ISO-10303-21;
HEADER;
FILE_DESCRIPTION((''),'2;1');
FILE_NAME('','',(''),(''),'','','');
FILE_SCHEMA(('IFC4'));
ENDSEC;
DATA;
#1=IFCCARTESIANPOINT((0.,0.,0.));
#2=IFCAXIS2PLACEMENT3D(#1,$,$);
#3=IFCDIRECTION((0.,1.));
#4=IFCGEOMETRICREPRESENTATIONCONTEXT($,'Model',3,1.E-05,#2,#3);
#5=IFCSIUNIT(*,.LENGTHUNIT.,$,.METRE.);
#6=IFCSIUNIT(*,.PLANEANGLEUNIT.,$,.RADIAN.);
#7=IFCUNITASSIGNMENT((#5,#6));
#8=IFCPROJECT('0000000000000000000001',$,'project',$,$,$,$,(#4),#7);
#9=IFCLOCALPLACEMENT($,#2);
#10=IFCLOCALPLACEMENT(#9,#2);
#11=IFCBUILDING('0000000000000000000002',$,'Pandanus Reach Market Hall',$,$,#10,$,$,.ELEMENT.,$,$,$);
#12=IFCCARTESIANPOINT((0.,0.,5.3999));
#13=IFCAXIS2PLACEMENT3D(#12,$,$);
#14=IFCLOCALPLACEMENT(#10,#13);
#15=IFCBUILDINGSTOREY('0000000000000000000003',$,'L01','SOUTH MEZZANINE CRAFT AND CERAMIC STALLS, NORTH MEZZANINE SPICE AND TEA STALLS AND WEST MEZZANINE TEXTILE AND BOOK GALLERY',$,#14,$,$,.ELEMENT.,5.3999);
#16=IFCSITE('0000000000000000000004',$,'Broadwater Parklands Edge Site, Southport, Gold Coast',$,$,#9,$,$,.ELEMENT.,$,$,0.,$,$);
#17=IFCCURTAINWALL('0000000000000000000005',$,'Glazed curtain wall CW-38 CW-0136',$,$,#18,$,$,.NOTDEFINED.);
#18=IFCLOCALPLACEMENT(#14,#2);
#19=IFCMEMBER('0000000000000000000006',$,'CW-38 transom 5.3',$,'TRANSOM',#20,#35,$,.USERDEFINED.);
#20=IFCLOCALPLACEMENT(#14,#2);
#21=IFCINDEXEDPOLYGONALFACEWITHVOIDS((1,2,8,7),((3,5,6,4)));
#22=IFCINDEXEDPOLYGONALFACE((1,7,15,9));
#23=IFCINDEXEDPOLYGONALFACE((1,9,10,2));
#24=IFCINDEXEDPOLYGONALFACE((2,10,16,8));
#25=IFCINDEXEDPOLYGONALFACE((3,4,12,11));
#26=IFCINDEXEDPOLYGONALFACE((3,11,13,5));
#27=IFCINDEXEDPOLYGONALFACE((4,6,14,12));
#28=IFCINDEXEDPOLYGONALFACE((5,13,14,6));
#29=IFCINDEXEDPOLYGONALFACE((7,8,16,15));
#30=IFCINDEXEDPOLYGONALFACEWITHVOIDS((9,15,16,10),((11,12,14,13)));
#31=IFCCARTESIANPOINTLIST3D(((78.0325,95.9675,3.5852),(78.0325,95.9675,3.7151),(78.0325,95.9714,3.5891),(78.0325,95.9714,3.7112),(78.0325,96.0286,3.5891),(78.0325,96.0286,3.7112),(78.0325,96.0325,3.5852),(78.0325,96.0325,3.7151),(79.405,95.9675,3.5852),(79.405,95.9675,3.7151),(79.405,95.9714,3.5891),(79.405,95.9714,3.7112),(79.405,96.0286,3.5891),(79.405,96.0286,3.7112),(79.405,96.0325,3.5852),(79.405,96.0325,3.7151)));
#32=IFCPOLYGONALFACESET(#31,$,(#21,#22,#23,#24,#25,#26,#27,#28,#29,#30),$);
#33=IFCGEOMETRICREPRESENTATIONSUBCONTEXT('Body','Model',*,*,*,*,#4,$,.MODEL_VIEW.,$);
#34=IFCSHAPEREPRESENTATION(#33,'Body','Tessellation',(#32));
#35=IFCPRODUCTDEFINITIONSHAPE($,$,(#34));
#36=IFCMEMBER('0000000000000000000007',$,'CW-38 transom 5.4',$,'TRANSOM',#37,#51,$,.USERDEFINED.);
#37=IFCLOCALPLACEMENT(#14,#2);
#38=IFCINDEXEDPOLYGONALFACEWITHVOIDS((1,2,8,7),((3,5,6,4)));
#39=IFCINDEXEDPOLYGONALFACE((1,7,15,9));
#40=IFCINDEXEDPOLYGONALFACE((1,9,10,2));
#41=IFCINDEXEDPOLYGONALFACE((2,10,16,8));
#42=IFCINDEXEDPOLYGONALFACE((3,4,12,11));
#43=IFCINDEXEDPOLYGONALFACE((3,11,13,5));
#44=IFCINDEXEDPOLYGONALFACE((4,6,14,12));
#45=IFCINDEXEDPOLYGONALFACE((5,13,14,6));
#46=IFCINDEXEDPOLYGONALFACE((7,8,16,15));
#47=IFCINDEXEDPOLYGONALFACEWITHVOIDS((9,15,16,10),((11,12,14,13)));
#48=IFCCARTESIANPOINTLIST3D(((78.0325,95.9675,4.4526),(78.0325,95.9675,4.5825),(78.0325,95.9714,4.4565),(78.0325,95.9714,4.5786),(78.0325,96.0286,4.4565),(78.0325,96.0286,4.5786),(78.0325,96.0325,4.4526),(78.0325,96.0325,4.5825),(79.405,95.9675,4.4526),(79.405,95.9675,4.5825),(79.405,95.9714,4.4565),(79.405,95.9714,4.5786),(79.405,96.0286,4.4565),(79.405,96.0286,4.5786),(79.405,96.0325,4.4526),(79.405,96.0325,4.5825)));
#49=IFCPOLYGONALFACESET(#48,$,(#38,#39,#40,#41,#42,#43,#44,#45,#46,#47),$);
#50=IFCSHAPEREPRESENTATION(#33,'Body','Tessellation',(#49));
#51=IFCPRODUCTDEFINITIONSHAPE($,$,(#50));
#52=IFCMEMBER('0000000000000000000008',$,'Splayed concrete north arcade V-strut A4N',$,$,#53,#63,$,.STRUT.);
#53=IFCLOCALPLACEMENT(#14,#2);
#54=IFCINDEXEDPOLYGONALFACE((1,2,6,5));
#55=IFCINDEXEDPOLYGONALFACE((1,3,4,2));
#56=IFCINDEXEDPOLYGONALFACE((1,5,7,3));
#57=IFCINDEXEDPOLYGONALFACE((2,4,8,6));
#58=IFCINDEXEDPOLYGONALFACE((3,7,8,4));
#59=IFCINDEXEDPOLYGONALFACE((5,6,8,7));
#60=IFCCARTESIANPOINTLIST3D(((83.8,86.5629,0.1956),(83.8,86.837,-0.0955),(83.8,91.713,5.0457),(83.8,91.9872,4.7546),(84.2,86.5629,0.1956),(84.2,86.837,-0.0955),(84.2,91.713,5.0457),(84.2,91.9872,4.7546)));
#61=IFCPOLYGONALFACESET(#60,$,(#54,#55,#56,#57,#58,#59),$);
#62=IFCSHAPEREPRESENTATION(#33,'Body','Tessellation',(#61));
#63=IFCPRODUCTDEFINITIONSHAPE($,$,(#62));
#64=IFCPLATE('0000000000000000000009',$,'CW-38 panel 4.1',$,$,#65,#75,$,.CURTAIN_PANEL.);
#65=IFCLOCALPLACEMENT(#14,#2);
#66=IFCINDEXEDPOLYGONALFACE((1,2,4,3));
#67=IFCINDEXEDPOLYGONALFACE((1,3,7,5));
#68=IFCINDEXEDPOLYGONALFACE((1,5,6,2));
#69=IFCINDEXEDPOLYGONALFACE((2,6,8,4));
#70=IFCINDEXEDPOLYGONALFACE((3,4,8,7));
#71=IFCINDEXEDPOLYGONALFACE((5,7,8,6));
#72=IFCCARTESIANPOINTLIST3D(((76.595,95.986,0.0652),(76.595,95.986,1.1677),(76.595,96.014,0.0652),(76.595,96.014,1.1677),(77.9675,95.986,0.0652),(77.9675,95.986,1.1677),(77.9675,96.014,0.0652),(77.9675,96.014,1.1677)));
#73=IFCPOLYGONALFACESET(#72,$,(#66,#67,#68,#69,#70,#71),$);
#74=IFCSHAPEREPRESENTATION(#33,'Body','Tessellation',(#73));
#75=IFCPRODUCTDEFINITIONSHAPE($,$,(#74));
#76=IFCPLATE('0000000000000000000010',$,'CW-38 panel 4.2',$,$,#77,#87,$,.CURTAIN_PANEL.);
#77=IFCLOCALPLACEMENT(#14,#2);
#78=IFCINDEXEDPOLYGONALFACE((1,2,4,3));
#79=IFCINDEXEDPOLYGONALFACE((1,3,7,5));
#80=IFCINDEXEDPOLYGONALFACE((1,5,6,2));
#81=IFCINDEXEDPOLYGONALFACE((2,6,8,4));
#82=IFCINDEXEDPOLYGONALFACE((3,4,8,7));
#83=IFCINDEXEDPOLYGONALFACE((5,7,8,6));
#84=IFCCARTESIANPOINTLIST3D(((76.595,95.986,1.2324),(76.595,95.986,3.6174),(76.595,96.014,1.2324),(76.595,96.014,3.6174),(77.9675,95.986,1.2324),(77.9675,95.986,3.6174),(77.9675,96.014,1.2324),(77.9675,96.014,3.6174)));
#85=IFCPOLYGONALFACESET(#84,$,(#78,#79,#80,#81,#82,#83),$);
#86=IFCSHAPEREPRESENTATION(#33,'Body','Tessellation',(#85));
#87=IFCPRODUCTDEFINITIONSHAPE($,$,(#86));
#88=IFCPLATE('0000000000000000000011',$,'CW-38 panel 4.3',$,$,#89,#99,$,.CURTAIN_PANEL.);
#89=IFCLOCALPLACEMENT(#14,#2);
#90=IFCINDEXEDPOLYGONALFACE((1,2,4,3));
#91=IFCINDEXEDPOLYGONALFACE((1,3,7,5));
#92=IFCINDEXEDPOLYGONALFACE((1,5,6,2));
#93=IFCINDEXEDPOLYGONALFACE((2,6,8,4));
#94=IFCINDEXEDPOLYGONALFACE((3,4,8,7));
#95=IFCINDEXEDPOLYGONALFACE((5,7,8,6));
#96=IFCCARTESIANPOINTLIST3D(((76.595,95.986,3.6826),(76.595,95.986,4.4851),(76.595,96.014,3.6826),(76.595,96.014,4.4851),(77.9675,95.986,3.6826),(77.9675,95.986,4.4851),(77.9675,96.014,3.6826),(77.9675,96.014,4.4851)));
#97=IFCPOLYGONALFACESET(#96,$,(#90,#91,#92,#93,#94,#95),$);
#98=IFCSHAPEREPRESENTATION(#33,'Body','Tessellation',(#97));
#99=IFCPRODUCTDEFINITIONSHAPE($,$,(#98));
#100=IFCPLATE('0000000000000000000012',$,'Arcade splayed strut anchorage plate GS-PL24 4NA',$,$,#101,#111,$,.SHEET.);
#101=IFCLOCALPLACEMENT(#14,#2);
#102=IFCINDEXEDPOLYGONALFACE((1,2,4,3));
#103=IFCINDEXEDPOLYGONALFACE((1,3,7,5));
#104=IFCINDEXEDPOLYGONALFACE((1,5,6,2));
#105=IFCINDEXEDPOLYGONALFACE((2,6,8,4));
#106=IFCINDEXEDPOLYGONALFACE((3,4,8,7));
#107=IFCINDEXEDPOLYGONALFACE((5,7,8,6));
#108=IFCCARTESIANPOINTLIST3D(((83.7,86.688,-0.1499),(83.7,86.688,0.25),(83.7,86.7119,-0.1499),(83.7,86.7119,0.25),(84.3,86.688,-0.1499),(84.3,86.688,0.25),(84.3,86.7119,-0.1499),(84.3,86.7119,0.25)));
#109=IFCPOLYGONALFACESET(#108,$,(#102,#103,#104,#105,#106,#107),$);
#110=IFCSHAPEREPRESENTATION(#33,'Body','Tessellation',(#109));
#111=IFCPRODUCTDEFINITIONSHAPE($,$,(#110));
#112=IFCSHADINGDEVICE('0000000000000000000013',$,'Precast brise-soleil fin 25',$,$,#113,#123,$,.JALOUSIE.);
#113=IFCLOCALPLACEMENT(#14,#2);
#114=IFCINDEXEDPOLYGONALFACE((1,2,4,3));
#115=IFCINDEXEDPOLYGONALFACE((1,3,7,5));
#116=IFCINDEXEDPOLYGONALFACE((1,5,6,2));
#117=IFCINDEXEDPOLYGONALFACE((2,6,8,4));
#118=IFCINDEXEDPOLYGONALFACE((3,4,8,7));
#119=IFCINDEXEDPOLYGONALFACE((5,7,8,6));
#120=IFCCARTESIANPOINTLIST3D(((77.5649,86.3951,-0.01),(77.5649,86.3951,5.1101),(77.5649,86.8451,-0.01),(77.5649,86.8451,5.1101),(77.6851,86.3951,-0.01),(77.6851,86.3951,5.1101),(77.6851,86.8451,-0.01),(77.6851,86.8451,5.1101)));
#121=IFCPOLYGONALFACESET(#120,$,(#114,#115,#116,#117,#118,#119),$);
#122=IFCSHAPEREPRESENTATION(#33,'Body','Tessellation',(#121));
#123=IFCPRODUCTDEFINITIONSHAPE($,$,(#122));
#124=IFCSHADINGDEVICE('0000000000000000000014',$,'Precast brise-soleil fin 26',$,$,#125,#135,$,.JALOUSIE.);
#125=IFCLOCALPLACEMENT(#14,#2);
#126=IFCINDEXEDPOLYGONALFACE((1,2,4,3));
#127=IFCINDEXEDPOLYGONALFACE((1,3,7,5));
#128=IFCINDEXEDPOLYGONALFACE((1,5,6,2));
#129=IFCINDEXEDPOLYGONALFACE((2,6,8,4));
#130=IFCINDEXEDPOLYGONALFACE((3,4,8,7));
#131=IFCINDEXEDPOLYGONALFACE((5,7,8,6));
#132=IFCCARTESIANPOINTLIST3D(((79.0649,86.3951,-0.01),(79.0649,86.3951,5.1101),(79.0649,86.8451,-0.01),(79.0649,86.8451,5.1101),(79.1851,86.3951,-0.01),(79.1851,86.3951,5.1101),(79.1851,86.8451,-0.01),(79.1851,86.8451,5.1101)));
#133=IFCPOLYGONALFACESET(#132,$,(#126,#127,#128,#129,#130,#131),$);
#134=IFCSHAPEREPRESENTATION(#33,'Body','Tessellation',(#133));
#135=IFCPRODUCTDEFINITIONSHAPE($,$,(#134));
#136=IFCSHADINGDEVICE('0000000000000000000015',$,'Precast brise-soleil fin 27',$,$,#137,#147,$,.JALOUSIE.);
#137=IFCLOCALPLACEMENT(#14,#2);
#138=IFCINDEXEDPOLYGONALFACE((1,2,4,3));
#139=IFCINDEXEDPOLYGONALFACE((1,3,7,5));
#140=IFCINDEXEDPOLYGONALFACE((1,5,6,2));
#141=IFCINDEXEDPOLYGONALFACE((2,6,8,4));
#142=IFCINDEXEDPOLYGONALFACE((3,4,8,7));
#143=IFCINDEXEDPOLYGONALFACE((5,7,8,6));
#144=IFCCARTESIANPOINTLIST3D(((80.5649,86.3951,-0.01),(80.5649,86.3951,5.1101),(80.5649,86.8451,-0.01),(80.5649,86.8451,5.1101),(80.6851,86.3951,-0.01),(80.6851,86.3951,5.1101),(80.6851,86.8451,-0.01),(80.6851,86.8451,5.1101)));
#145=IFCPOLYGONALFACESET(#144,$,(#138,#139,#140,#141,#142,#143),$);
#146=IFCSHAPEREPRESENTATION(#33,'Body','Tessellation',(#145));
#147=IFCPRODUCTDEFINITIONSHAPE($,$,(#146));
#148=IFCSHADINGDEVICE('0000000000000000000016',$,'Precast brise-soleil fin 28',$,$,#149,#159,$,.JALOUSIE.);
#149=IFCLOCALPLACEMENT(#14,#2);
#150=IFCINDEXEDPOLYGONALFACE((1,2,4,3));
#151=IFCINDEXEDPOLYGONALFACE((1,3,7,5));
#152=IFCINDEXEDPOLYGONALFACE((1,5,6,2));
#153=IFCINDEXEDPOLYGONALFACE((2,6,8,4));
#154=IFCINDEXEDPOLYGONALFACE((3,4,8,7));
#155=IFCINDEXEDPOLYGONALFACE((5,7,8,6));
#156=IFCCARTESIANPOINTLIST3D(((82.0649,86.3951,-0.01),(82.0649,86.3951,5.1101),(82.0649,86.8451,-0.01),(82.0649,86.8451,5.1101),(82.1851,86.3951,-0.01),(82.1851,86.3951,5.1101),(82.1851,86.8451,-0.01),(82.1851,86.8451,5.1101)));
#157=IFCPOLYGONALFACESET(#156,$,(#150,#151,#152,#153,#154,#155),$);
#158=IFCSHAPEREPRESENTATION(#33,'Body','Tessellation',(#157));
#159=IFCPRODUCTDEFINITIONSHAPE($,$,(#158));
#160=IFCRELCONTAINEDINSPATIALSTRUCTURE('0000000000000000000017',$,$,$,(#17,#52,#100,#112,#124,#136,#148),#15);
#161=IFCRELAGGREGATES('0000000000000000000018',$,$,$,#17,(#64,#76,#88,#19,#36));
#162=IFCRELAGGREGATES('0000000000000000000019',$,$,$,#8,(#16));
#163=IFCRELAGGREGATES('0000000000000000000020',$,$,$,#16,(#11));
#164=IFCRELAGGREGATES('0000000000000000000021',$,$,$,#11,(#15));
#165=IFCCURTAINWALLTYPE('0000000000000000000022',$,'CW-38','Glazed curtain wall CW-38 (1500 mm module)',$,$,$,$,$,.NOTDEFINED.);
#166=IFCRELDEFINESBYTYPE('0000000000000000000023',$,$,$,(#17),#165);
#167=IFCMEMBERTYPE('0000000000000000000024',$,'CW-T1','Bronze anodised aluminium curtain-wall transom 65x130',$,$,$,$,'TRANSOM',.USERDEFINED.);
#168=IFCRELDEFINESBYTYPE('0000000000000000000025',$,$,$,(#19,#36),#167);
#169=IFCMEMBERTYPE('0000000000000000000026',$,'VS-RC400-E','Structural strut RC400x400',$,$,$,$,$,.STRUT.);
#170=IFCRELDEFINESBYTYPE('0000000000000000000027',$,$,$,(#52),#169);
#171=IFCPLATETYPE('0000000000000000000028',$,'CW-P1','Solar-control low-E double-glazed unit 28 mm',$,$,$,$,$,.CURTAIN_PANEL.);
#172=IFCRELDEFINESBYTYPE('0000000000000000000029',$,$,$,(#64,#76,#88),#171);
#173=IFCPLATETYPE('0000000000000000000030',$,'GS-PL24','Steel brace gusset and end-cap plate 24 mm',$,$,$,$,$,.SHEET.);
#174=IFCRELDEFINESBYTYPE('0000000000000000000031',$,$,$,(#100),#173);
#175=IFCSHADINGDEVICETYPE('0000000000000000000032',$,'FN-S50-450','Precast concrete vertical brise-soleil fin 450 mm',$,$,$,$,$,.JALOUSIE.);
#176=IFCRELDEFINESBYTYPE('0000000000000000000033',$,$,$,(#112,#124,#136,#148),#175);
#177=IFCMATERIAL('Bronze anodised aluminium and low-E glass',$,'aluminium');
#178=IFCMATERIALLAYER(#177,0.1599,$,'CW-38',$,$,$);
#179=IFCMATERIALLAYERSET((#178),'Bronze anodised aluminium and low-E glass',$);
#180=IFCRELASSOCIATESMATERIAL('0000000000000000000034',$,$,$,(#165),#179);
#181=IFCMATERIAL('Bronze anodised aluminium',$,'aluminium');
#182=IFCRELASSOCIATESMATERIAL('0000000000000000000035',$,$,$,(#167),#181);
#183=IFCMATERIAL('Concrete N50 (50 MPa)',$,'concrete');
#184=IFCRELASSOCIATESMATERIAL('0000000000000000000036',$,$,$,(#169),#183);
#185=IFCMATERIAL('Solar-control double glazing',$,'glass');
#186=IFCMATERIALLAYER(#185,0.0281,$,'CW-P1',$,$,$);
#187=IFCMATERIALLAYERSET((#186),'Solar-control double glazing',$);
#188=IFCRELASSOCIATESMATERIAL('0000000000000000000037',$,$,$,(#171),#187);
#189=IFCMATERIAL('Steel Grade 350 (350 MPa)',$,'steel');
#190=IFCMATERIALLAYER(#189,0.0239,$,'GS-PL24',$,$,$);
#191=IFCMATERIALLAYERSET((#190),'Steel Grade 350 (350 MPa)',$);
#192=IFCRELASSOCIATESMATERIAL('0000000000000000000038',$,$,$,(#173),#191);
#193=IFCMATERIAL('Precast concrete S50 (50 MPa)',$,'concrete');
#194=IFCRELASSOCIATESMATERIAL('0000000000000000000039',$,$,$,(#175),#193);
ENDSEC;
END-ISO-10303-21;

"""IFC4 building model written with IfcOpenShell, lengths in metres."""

from ifc_helpers import new_model, si_unit, direction, frame, origin, origin_2d, place, context, subcontext, project, spatial, rectangle, hollow_rectangle, extrude, material, layer, layer_set, material_profile, profile_set, type_object, element, aggregate, save


model = new_model("IFC4")

# Units and contexts
model_context = context("Model", 3, precision=1e-05, world=origin(), true_north=direction((0.0, 1.0)))
body_context = subcontext(model_context, "Body", "Model", "MODEL_VIEW")
ifc_project = project(units=[si_unit("LENGTHUNIT", "METRE"), si_unit("PLANEANGLEUNIT", "RADIAN")], contexts=[model_context])

# Site, building, storey
site_placement = place(None, origin())
site = spatial("IfcSite", under=ifc_project, at=site_placement, Name="Broadwater Parklands Edge Site, Southport, Gold Coast", CompositionType="ELEMENT", RefElevation=0.0)
building_placement = place(site_placement, origin())
building = spatial("IfcBuilding", under=site, at=building_placement, Name="Pandanus Reach Market Hall", CompositionType="ELEMENT")
storey_placement = place(building_placement, frame((0.0, 0.0, 5.3999)))
storey = spatial("IfcBuildingStorey", under=building, at=storey_placement, Name="L01", Description="SOUTH MEZZANINE CRAFT AND CERAMIC STALLS, NORTH MEZZANINE SPICE AND TEA STALLS AND WEST MEZZANINE TEXTILE AND BOOK GALLERY", CompositionType="ELEMENT", Elevation=5.3999)

# Shared definitions
ifc_material_1 = material(Name="Concrete N50 (50 MPa)", Category="concrete")
ifc_material_2 = material(Name="Steel Grade 350 (350 MPa)", Category="steel")

# Curtain wall, members
ifc_material_3 = material(Name="Bronze anodised aluminium and low-E glass", Category="aluminium")
ifc_layer_1 = layer(ifc_material_3, 0.1599, Name="CW-38")
ifc_layer_set_1 = layer_set([ifc_layer_1], Name="Bronze anodised aluminium and low-E glass")
curtain_wall_type = type_object("IfcCurtainWallType", Name="CW-38", Description="Glazed curtain wall CW-38 (1500 mm module)", PredefinedType="NOTDEFINED", material=ifc_layer_set_1)
curtain_wall_placement = place(storey_placement, origin())
curtain_wall = element("IfcCurtainWall", 1, at=curtain_wall_placement, inside=storey, type_object=curtain_wall_type, Name="Glazed curtain wall CW-38 CW-0136", PredefinedType="NOTDEFINED")
ifc_material_4 = material(Name="Bronze anodised aluminium", Category="aluminium")
ifc_material_profile_1 = material_profile(ifc_material_4, hollow_rectangle(XDim=0.0649, YDim=0.1299, WallThickness=0.0039, at=origin_2d()), Name="ALU65x130", Category="LoadBearing")
ifc_profile_set_1 = profile_set([ifc_material_profile_1], Name="Bronze anodised aluminium")
member_type_1 = type_object("IfcMemberType", Name="CW-T1", Description="Bronze anodised aluminium curtain-wall transom 65x130", ElementType="TRANSOM", PredefinedType="USERDEFINED", material=ifc_profile_set_1)
member_1_placement = place(storey_placement, frame((78.0325, 96.0, 3.6501), z_axis=(1.0, 0.0, 0.0), x_axis=(0.0, 1.0, 0.0)))
member_1 = element("IfcMember", 2, at=member_1_placement, type_object=member_type_1, Name="CW-38 transom 5.3", ObjectType="TRANSOM", PredefinedType="USERDEFINED", context=body_context, shape_type="SweptSolid", body=[
    extrude(hollow_rectangle(XDim=0.0649, YDim=0.1299, WallThickness=0.0039, at=origin_2d()), origin(), (0.0, 0.0, 1.0), 1.3726),
])
member_2_placement = place(storey_placement, frame((78.0325, 96.0, 4.5176), z_axis=(1.0, 0.0, 0.0), x_axis=(0.0, 1.0, 0.0)))
member_2 = element("IfcMember", 3, at=member_2_placement, type_object=member_type_1, Name="CW-38 transom 5.4", ObjectType="TRANSOM", PredefinedType="USERDEFINED", context=body_context, shape_type="SweptSolid", body=[
    extrude(hollow_rectangle(XDim=0.0649, YDim=0.1299, WallThickness=0.0039, at=origin_2d()), origin(), (0.0, 0.0, 1.0), 1.3726),
])

# Member
ifc_material_profile_2 = material_profile(ifc_material_1, rectangle(XDim=0.3999, YDim=0.3999, at=origin_2d()), Name="RC400x400", Category="LoadBearing")
ifc_profile_set_2 = profile_set([ifc_material_profile_2], Name="Concrete N50 (50 MPa)")
member_type_2 = type_object("IfcMemberType", Name="VS-RC400-E", Description="Structural strut RC400x400", PredefinedType="STRUT", material=ifc_profile_set_2)
member_3_placement = place(storey_placement, frame((84.0, 86.7, 0.05), z_axis=(0.0, 0.727995, 0.685582), x_axis=(-1.0, 0.0, 0.0)))
element("IfcMember", 4, at=member_3_placement, inside=storey, type_object=member_type_2, Name="Splayed concrete north arcade V-strut A4N", PredefinedType="STRUT", context=body_context, shape_type="SweptSolid", body=[
    extrude(rectangle(XDim=0.3999, YDim=0.3999, at=origin_2d()), origin(), (0.0, 0.0, 1.0), 7.0745),
])

# Plates
ifc_material_5 = material(Name="Solar-control double glazing", Category="glass")
ifc_layer_2 = layer(ifc_material_5, 0.0281, Name="CW-P1")
ifc_layer_set_2 = layer_set([ifc_layer_2], Name="Solar-control double glazing")
plate_type_1 = type_object("IfcPlateType", Name="CW-P1", Description="Solar-control low-E double-glazed unit 28 mm", PredefinedType="CURTAIN_PANEL", material=ifc_layer_set_2)
plate_1_placement = place(storey_placement, frame((77.2812, 96.0, 0.0652), z_axis=(0.0, 0.0, 1.0), x_axis=(1.0, 0.0, 0.0)))
plate_1 = element("IfcPlate", 5, at=plate_1_placement, type_object=plate_type_1, Name="CW-38 panel 4.1", PredefinedType="CURTAIN_PANEL", context=body_context, shape_type="SweptSolid", body=[
    extrude(rectangle(XDim=1.3726, YDim=0.0281, at=origin_2d()), origin(), (0.0, 0.0, 1.0), 1.1025),
])
plate_2_placement = place(storey_placement, frame((77.2812, 96.0, 1.2324), z_axis=(0.0, 0.0, 1.0), x_axis=(1.0, 0.0, 0.0)))
plate_2 = element("IfcPlate", 6, at=plate_2_placement, type_object=plate_type_1, Name="CW-38 panel 4.2", PredefinedType="CURTAIN_PANEL", context=body_context, shape_type="SweptSolid", body=[
    extrude(rectangle(XDim=1.3726, YDim=0.0281, at=origin_2d()), origin(), (0.0, 0.0, 1.0), 2.385),
])
plate_3_placement = place(storey_placement, frame((77.2812, 96.0, 3.6826), z_axis=(0.0, 0.0, 1.0), x_axis=(1.0, 0.0, 0.0)))
plate_3 = element("IfcPlate", 7, at=plate_3_placement, type_object=plate_type_1, Name="CW-38 panel 4.3", PredefinedType="CURTAIN_PANEL", context=body_context, shape_type="SweptSolid", body=[
    extrude(rectangle(XDim=1.3726, YDim=0.0281, at=origin_2d()), origin(), (0.0, 0.0, 1.0), 0.8025),
])
aggregate(curtain_wall, [plate_1, plate_2, plate_3, member_1, member_2])
ifc_layer_3 = layer(ifc_material_2, 0.0239, Name="GS-PL24")
ifc_layer_set_3 = layer_set([ifc_layer_3], Name="Steel Grade 350 (350 MPa)")
plate_type_2 = type_object("IfcPlateType", Name="GS-PL24", Description="Steel brace gusset and end-cap plate 24 mm", PredefinedType="SHEET", material=ifc_layer_set_3)
plate_4_placement = place(storey_placement, frame((84.0, 86.7, -0.1499), z_axis=(0.0, 0.0, 1.0), x_axis=(1.0, 0.0, 0.0)))
element("IfcPlate", 8, at=plate_4_placement, inside=storey, type_object=plate_type_2, Name="Arcade splayed strut anchorage plate GS-PL24 4NA", PredefinedType="SHEET", context=body_context, shape_type="SweptSolid", body=[
    extrude(rectangle(XDim=0.6001, YDim=0.0239, at=origin_2d()), origin(), (0.0, 0.0, 1.0), 0.3999),
])

# Shading devices
ifc_material_6 = material(Name="Precast concrete S50 (50 MPa)", Category="concrete")
shading_device_type = type_object("IfcShadingDeviceType", Name="FN-S50-450", Description="Precast concrete vertical brise-soleil fin 450 mm", PredefinedType="JALOUSIE", material=ifc_material_6)
for number, where, z_axis, x_axis, name in (
    (9, (77.625, 86.6201, -0.01), (0.0, 0.0, 1.0), (0.0, 1.0, 0.0), "Precast brise-soleil fin 25"),
    (10, (79.125, 86.6201, -0.01), (0.0, 0.0, 1.0), (0.0, 1.0, 0.0), "Precast brise-soleil fin 26"),
    (11, (80.625, 86.6201, -0.01), (0.0, 0.0, 1.0), (0.0, 1.0, 0.0), "Precast brise-soleil fin 27"),
    (12, (82.125, 86.6201, -0.01), (0.0, 0.0, 1.0), (0.0, 1.0, 0.0), "Precast brise-soleil fin 28"),
):
    element("IfcShadingDevice", number, at=place(storey_placement, frame(where, z_axis=z_axis, x_axis=x_axis)), inside=storey, type_object=shading_device_type, Name=name, PredefinedType="JALOUSIE", context=body_context, shape_type="SweptSolid", body=[
        extrude(rectangle(XDim=0.45, YDim=0.1201, at=origin_2d()), origin(), (0.0, 0.0, 1.0), 5.1201),
    ])

save(model, "model.ifc")
